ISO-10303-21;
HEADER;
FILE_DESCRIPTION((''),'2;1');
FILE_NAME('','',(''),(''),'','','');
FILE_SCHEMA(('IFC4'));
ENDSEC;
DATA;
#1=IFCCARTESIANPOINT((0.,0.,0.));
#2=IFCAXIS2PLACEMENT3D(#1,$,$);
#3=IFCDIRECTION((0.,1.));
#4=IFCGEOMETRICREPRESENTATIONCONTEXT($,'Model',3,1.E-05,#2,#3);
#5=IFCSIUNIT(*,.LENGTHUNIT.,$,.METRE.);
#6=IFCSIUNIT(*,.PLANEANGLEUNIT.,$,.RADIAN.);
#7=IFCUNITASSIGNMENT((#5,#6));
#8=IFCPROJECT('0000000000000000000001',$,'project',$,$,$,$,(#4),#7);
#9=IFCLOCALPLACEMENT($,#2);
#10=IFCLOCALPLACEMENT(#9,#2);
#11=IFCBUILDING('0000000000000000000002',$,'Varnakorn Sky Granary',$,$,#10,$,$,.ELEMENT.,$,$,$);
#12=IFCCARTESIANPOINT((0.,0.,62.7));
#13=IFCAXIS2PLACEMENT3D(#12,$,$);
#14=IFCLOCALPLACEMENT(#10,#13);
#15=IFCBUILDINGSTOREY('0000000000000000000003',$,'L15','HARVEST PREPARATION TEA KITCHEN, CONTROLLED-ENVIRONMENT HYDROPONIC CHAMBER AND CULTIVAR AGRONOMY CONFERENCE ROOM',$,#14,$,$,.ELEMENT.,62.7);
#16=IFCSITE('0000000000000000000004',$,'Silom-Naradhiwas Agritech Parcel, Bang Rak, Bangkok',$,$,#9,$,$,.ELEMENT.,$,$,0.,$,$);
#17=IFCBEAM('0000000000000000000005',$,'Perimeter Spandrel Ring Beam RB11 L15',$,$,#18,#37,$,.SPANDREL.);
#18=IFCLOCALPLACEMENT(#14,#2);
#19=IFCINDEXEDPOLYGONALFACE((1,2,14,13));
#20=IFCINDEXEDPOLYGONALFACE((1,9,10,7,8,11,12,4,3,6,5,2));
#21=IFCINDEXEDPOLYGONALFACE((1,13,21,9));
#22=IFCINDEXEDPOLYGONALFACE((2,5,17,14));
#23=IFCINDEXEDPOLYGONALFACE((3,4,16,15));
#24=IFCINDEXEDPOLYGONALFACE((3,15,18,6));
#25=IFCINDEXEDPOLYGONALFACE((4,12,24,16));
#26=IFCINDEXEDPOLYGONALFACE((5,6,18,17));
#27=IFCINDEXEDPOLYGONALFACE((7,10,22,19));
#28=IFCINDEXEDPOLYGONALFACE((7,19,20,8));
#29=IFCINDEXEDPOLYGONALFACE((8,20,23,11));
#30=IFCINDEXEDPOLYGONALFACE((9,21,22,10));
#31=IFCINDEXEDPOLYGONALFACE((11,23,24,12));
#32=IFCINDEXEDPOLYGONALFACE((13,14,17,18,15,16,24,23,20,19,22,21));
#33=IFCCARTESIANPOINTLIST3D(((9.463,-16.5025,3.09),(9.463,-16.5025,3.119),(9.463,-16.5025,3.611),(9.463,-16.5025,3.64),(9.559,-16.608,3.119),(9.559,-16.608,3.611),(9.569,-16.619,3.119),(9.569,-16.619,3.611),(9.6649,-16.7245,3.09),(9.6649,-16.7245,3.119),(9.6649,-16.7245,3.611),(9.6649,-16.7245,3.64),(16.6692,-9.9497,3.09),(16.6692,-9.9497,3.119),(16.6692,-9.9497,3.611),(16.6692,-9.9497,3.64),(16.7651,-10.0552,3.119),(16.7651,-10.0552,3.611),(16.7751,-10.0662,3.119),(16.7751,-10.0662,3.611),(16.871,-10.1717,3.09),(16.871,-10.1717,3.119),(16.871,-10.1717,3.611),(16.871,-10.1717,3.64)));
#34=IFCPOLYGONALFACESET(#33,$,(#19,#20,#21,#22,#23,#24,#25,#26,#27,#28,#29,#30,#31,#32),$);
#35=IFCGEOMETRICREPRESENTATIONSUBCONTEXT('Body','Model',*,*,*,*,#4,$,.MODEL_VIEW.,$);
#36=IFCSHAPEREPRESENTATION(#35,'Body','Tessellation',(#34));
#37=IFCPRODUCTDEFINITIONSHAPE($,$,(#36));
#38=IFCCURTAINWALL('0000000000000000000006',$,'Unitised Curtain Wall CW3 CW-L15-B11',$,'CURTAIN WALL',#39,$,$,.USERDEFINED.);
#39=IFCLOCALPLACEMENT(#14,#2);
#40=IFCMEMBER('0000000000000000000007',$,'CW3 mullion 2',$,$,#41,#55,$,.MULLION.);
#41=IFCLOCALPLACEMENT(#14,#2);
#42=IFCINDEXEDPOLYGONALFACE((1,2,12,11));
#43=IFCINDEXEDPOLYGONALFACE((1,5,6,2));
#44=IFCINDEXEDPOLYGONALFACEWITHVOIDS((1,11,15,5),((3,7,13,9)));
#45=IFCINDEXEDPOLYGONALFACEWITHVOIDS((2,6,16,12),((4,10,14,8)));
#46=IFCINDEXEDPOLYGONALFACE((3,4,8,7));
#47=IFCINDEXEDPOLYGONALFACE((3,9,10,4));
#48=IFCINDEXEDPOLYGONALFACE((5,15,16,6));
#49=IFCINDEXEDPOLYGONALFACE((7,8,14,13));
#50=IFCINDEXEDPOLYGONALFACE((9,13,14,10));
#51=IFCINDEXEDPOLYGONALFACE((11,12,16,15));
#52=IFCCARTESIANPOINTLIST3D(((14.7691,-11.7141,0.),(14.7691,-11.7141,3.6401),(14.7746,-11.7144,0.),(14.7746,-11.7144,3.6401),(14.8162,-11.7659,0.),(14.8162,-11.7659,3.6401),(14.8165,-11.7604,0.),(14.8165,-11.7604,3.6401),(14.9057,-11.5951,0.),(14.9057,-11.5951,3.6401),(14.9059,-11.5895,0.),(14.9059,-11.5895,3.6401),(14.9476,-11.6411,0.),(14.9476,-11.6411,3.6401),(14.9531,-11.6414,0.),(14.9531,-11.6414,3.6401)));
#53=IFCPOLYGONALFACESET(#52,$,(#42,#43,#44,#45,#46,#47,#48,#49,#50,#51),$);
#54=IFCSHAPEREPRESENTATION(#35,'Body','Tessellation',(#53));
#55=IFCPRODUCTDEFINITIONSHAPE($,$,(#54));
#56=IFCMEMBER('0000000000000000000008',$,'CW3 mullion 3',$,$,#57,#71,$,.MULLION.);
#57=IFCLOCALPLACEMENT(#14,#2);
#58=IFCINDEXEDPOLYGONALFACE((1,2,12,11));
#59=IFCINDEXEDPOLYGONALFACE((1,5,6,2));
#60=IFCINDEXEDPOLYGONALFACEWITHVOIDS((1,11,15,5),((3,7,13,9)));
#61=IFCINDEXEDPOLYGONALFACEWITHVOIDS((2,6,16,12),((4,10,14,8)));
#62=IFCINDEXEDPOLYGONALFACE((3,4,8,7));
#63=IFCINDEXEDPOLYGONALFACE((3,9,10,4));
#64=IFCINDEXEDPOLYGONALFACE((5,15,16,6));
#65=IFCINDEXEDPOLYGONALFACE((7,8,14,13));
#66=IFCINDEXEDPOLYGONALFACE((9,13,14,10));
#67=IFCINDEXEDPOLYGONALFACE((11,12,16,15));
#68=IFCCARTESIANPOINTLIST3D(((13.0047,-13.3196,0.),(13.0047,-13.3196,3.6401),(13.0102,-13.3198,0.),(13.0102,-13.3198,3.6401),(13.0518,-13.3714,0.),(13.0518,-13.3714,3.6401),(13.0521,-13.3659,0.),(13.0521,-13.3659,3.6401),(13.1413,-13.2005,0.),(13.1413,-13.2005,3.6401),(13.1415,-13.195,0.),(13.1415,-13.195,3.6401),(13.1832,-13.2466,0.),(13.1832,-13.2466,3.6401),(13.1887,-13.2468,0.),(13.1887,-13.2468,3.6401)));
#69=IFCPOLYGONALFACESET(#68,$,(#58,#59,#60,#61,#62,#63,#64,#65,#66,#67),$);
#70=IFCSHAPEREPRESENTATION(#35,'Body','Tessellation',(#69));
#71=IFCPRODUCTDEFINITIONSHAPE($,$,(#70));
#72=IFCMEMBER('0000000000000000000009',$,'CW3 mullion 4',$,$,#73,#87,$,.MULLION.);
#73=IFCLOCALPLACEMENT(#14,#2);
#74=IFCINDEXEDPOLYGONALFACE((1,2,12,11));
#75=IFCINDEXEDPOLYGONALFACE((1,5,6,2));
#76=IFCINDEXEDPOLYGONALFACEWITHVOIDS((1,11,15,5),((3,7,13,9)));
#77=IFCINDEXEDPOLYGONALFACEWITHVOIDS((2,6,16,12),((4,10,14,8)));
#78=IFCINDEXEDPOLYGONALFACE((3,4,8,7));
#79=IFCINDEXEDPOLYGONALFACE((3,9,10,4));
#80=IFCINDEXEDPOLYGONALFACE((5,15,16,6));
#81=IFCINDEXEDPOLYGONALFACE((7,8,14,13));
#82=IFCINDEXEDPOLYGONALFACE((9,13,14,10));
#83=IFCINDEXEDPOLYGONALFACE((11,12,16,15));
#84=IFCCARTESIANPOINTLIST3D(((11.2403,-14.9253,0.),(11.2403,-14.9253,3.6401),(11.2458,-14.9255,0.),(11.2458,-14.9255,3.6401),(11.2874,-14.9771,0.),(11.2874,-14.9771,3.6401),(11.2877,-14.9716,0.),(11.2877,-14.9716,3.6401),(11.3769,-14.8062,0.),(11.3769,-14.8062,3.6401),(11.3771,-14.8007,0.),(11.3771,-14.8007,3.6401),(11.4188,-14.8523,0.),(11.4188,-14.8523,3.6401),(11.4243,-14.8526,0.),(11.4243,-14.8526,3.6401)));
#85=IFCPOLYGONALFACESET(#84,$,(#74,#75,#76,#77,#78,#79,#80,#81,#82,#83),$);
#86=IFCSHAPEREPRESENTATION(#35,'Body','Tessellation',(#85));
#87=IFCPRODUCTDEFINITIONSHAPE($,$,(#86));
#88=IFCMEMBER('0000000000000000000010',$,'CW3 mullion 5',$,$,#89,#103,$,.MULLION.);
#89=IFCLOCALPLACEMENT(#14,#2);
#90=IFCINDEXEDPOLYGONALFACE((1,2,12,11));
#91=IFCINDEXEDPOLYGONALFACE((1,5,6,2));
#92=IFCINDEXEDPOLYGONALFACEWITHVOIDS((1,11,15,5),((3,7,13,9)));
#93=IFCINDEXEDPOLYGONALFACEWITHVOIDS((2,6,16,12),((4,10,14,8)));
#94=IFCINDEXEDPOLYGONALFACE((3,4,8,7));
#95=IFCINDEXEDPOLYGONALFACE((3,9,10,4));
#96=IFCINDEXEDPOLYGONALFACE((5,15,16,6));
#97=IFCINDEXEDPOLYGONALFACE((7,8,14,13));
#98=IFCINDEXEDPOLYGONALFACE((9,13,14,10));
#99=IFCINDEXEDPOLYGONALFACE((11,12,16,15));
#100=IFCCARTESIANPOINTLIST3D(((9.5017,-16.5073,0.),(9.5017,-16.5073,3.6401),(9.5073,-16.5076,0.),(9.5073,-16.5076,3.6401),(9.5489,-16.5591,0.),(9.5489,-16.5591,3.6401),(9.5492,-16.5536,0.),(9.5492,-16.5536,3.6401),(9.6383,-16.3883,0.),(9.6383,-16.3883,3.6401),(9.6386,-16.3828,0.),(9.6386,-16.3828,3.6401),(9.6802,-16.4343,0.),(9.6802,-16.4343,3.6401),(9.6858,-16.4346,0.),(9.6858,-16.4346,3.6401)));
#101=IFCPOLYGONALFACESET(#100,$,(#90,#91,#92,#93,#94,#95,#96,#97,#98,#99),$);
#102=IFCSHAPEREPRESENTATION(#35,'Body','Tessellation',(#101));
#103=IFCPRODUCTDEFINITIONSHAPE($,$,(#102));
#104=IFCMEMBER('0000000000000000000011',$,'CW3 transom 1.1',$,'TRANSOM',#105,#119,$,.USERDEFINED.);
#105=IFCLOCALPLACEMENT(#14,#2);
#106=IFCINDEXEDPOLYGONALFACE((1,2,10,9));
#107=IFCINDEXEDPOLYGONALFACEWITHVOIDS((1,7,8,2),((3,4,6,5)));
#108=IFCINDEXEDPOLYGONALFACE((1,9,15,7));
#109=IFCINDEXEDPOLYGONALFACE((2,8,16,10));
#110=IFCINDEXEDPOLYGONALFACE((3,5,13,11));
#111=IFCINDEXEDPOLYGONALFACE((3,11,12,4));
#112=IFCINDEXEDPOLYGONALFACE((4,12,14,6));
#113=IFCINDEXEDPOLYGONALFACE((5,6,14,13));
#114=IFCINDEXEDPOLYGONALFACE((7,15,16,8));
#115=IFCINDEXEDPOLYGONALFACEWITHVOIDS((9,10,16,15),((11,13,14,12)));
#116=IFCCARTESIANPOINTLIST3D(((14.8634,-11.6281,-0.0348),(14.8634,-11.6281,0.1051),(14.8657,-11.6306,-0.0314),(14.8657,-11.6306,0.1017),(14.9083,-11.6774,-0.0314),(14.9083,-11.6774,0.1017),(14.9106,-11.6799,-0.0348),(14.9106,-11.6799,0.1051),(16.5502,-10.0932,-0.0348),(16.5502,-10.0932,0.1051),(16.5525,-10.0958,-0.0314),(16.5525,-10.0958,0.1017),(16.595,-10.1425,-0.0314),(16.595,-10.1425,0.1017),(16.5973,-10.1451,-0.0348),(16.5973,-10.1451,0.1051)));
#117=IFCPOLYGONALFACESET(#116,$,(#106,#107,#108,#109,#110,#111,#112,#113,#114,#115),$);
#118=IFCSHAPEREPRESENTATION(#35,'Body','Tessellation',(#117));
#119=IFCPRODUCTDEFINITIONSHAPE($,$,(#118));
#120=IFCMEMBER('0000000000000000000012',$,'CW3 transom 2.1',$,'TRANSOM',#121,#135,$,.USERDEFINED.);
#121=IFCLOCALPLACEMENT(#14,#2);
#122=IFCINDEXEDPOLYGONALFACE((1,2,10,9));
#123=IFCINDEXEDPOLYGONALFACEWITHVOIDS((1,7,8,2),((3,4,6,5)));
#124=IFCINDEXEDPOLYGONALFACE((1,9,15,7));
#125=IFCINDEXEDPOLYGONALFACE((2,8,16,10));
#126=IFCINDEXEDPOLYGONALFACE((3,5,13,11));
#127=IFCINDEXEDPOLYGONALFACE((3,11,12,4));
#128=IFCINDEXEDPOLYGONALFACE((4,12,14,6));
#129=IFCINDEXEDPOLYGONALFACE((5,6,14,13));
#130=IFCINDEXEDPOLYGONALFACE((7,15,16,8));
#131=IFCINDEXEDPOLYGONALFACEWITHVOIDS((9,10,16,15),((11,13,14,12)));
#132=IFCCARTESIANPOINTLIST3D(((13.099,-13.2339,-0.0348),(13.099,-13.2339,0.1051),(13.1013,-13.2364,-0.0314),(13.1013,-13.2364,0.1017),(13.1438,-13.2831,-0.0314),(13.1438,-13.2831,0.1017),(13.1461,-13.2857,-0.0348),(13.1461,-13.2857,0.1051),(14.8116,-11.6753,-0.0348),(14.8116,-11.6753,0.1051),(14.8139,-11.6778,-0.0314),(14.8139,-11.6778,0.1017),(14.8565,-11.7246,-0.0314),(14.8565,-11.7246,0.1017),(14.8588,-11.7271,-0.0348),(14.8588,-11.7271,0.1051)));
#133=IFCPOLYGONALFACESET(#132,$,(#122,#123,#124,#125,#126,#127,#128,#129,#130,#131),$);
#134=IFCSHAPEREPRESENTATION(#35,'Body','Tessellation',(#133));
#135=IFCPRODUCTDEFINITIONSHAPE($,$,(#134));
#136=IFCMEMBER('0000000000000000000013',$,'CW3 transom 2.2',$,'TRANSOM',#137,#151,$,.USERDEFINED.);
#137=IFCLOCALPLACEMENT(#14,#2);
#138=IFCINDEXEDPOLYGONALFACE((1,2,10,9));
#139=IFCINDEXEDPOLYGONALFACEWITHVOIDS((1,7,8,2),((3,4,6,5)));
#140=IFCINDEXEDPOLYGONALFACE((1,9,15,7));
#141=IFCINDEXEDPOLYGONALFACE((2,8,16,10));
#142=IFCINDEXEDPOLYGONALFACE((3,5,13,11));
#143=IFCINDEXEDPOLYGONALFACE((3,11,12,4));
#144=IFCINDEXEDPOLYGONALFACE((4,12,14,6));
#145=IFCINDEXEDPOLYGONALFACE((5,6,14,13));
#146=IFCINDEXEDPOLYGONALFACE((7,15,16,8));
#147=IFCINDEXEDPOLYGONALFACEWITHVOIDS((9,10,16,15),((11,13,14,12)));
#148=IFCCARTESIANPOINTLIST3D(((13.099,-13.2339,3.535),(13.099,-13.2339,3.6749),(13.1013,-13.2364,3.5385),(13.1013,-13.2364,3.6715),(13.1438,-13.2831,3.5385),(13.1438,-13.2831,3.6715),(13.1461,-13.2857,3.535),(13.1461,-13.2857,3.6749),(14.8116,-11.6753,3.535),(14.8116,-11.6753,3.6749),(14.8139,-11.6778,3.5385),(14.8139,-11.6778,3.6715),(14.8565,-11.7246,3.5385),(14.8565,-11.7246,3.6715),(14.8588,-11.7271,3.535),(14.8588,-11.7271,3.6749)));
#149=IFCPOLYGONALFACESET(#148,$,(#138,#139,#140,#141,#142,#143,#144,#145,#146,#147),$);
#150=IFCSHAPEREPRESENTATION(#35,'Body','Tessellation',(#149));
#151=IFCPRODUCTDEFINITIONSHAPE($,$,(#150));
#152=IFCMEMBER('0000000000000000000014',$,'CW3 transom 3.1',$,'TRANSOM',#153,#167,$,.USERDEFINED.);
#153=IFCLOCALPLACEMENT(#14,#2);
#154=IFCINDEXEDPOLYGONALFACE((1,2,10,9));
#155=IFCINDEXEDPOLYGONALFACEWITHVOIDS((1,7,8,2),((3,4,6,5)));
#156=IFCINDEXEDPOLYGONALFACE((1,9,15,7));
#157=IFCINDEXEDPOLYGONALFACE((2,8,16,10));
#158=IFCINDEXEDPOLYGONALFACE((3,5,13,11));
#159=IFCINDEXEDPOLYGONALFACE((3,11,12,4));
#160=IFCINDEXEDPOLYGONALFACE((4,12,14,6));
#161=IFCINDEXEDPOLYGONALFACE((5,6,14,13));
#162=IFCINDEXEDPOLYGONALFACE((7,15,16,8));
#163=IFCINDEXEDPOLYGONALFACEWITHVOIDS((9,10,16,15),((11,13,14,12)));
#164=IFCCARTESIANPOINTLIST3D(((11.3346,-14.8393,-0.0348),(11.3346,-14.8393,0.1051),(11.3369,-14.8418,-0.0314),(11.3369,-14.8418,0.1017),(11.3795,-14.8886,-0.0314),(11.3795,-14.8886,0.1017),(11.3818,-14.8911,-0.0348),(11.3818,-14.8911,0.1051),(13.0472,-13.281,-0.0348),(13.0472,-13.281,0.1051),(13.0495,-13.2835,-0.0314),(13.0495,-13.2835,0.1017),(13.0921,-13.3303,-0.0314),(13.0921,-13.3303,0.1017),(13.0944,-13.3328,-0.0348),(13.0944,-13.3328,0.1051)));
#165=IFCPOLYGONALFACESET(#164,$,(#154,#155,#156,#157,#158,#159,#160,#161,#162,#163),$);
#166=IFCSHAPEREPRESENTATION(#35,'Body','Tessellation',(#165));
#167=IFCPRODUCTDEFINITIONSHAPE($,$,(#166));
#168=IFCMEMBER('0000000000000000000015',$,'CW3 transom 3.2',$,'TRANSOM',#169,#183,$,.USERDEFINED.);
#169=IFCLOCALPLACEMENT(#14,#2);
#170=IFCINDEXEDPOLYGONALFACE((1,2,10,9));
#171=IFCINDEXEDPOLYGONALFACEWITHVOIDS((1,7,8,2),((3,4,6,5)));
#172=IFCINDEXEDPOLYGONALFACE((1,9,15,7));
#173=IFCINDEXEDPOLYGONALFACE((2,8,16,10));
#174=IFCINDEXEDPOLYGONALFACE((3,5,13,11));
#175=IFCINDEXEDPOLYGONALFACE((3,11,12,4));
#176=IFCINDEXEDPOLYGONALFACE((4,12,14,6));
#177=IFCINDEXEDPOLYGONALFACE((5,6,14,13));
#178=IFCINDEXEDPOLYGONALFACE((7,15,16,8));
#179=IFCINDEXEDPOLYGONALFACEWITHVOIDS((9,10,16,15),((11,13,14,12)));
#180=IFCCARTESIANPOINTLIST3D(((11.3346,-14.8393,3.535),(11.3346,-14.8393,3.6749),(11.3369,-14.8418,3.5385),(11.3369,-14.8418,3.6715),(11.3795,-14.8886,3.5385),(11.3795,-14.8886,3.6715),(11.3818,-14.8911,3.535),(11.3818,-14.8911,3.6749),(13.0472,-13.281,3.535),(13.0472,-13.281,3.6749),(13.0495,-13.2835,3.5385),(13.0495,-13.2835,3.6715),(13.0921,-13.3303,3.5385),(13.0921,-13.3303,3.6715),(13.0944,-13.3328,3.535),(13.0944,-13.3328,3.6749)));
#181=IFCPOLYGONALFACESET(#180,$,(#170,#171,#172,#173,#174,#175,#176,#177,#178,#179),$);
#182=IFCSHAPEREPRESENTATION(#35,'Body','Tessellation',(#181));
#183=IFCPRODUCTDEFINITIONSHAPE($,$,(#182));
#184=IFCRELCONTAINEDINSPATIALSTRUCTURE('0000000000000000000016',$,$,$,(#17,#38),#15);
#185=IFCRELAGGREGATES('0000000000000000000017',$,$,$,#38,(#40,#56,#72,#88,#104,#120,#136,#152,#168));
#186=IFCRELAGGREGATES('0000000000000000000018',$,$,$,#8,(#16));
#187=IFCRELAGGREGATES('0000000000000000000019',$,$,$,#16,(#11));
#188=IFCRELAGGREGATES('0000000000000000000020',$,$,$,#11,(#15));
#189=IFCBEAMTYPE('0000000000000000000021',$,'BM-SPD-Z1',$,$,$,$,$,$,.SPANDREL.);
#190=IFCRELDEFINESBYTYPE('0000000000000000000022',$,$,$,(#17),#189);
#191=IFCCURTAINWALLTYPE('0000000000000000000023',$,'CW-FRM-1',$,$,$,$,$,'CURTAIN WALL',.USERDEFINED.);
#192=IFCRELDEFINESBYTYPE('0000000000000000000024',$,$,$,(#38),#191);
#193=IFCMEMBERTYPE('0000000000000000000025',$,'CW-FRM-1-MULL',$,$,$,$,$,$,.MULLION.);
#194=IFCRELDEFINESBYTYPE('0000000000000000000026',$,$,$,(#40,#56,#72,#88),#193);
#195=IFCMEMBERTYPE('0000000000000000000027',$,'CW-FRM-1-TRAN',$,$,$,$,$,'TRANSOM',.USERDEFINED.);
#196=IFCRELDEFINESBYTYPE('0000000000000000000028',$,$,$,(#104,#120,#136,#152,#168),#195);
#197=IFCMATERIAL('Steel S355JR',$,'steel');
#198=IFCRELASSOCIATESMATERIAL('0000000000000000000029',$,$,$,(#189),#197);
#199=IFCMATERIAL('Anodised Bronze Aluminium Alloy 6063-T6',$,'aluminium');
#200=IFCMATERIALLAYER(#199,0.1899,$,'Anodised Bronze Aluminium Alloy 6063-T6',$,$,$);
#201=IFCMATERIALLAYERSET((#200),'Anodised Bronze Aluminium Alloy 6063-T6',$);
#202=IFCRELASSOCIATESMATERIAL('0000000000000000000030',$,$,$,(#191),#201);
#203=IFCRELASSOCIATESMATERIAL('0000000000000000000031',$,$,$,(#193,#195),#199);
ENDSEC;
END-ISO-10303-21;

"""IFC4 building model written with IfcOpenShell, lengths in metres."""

from ifc_helpers import new_model, si_unit, direction, frame, origin, origin_2d, place, context, subcontext, project, spatial, hollow_rectangle, i_section, extrude, material, layer, layer_set, material_profile, profile_set, type_object, element, aggregate, save


model = new_model("IFC4")

# Units and contexts
model_context = context("Model", 3, precision=1e-05, world=origin(), true_north=direction((0.0, 1.0)))
body_context = subcontext(model_context, "Body", "Model", "MODEL_VIEW")
ifc_project = project(units=[si_unit("LENGTHUNIT", "METRE"), si_unit("PLANEANGLEUNIT", "RADIAN")], contexts=[model_context])

# Site, building, storey
site_placement = place(None, origin())
site = spatial("IfcSite", under=ifc_project, at=site_placement, Name="Silom-Naradhiwas Agritech Parcel, Bang Rak, Bangkok", CompositionType="ELEMENT", RefElevation=0.0)
building_placement = place(site_placement, origin())
building = spatial("IfcBuilding", under=site, at=building_placement, Name="Varnakorn Sky Granary", CompositionType="ELEMENT")
storey_placement = place(building_placement, frame((0.0, 0.0, 62.7)))
storey = spatial("IfcBuildingStorey", under=building, at=storey_placement, Name="L15", Description="HARVEST PREPARATION TEA KITCHEN, CONTROLLED-ENVIRONMENT HYDROPONIC CHAMBER AND CULTIVAR AGRONOMY CONFERENCE ROOM", CompositionType="ELEMENT", Elevation=62.7)

# Beam
ifc_material_1 = material(Name="Steel S355JR", Category="steel")
ifc_material_profile_1 = material_profile(ifc_material_1, i_section(OverallWidth=0.3, OverallDepth=0.55, WebThickness=0.0149, FlangeThickness=0.0291, at=origin_2d()), Name="HE 550 B")
ifc_profile_set_1 = profile_set([ifc_material_profile_1], Name="Steel S355JR")
beam_type = type_object("IfcBeamType", Name="BM-SPD-Z1", PredefinedType="SPANDREL", material=ifc_profile_set_1)
beam_placement = place(storey_placement, frame((9.564, -16.6135, 3.365), z_axis=(0.739849, 0.672773, 0.0), x_axis=(-0.672773, 0.739849, 0.0)))
element("IfcBeam", 1, at=beam_placement, inside=storey, type_object=beam_type, Name="Perimeter Spandrel Ring Beam RB11 L15", PredefinedType="SPANDREL", context=body_context, shape_type="SweptSolid", body=[
    extrude(i_section(OverallWidth=0.3, OverallDepth=0.55, WebThickness=0.0149, FlangeThickness=0.0291, at=origin_2d()), origin(), (0.0, 0.0, 1.0), 9.74),
])

# Curtain wall, members
ifc_material_2 = material(Name="Anodised Bronze Aluminium Alloy 6063-T6", Category="aluminium")
ifc_layer_1 = layer(ifc_material_2, 0.1899, Name="Anodised Bronze Aluminium Alloy 6063-T6")
ifc_layer_set_1 = layer_set([ifc_layer_1], Name="Anodised Bronze Aluminium Alloy 6063-T6")
curtain_wall_type = type_object("IfcCurtainWallType", Name="CW-FRM-1", ElementType="CURTAIN WALL", PredefinedType="USERDEFINED", material=ifc_layer_set_1)
curtain_wall_placement = place(storey_placement, origin())
curtain_wall = element("IfcCurtainWall", 2, at=curtain_wall_placement, inside=storey, type_object=curtain_wall_type, Name="Unitised Curtain Wall CW3 CW-L15-B11", ObjectType="CURTAIN WALL", PredefinedType="USERDEFINED")
ifc_material_profile_2 = material_profile(ifc_material_2, hollow_rectangle(XDim=0.0701, YDim=0.1851, WallThickness=0.0039, at=origin_2d()), Name="ALU MULL 70x185")
ifc_profile_set_2 = profile_set([ifc_material_profile_2], Name="Anodised Bronze Aluminium Alloy 6063-T6")
member_type_1 = type_object("IfcMemberType", Name="CW-FRM-1-MULL", PredefinedType="MULLION", material=ifc_profile_set_2)
member_1_placement = place(storey_placement, frame((14.8611, -11.6777, 0.0), z_axis=(0.0, 0.0, 1.0), x_axis=(0.673051, -0.739596, 0.0)))
member_1 = element("IfcMember", 3, at=member_1_placement, type_object=member_type_1, Name="CW3 mullion 2", PredefinedType="MULLION", context=body_context, shape_type="SweptSolid", body=[
    extrude(hollow_rectangle(XDim=0.0701, YDim=0.1851, WallThickness=0.0039, at=origin_2d()), origin(), (0.0, 0.0, 1.0), 3.6401),
])
member_2_placement = place(storey_placement, frame((13.0967, -13.2832, 0.0), z_axis=(0.0, 0.0, 1.0), x_axis=(0.673051, -0.739596, 0.0)))
member_2 = element("IfcMember", 4, at=member_2_placement, type_object=member_type_1, Name="CW3 mullion 3", PredefinedType="MULLION", context=body_context, shape_type="SweptSolid", body=[
    extrude(hollow_rectangle(XDim=0.0701, YDim=0.1851, WallThickness=0.0039, at=origin_2d()), origin(), (0.0, 0.0, 1.0), 3.6401),
])
member_3_placement = place(storey_placement, frame((11.3323, -14.8889, 0.0), z_axis=(0.0, 0.0, 1.0), x_axis=(0.673051, -0.739596, 0.0)))
member_3 = element("IfcMember", 5, at=member_3_placement, type_object=member_type_1, Name="CW3 mullion 4", PredefinedType="MULLION", context=body_context, shape_type="SweptSolid", body=[
    extrude(hollow_rectangle(XDim=0.0701, YDim=0.1851, WallThickness=0.0039, at=origin_2d()), origin(), (0.0, 0.0, 1.0), 3.6401),
])
member_4_placement = place(storey_placement, frame((9.5938, -16.4709, 0.0), z_axis=(0.0, 0.0, 1.0), x_axis=(0.673051, -0.739596, 0.0)))
member_4 = element("IfcMember", 6, at=member_4_placement, type_object=member_type_1, Name="CW3 mullion 5", PredefinedType="MULLION", context=body_context, shape_type="SweptSolid", body=[
    extrude(hollow_rectangle(XDim=0.0701, YDim=0.1851, WallThickness=0.0039, at=origin_2d()), origin(), (0.0, 0.0, 1.0), 3.6401),
])
ifc_material_profile_3 = material_profile(ifc_material_2, hollow_rectangle(XDim=0.0701, YDim=0.1399, WallThickness=0.0034, at=origin_2d()), Name="ALU TRAN 70x140")
ifc_profile_set_3 = profile_set([ifc_material_profile_3], Name="Anodised Bronze Aluminium Alloy 6063-T6")
member_type_2 = type_object("IfcMemberType", Name="CW-FRM-1-TRAN", ElementType="TRANSOM", PredefinedType="USERDEFINED", material=ifc_profile_set_3)
member_5_placement = place(storey_placement, frame((16.5737, -10.1191, 0.0352), z_axis=(-0.739615, -0.67303, 0.0), x_axis=(0.67303, -0.739615, 0.0)))
member_5 = element("IfcMember", 7, at=member_5_placement, type_object=member_type_2, Name="CW3 transom 1.1", ObjectType="TRANSOM", PredefinedType="USERDEFINED", context=body_context, shape_type="SweptSolid", body=[
    extrude(hollow_rectangle(XDim=0.0701, YDim=0.1399, WallThickness=0.0034, at=origin_2d()), origin(), (0.0, 0.0, 1.0), 2.2805),
])
member_6_placement = place(storey_placement, frame((14.8352, -11.7012, 0.0352), z_axis=(-0.739587, -0.673061, 0.0), x_axis=(0.673061, -0.739587, 0.0)))
member_6 = element("IfcMember", 8, at=member_6_placement, type_object=member_type_2, Name="CW3 transom 2.1", ObjectType="TRANSOM", PredefinedType="USERDEFINED", context=body_context, shape_type="SweptSolid", body=[
    extrude(hollow_rectangle(XDim=0.0701, YDim=0.1399, WallThickness=0.0034, at=origin_2d()), origin(), (0.0, 0.0, 1.0), 2.3157),
])
member_7_placement = place(storey_placement, frame((14.8352, -11.7012, 3.605), z_axis=(-0.739587, -0.673061, 0.0), x_axis=(0.673061, -0.739587, 0.0)))
member_7 = element("IfcMember", 9, at=member_7_placement, type_object=member_type_2, Name="CW3 transom 2.2", ObjectType="TRANSOM", PredefinedType="USERDEFINED", context=body_context, shape_type="SweptSolid", body=[
    extrude(hollow_rectangle(XDim=0.0701, YDim=0.1399, WallThickness=0.0034, at=origin_2d()), origin(), (0.0, 0.0, 1.0), 2.3157),
])
member_8_placement = place(storey_placement, frame((13.0708, -13.3069, 0.0352), z_axis=(-0.739639, -0.673003, 0.0), x_axis=(0.673003, -0.739639, 0.0)))
member_8 = element("IfcMember", 10, at=member_8_placement, type_object=member_type_2, Name="CW3 transom 3.1", ObjectType="TRANSOM", PredefinedType="USERDEFINED", context=body_context, shape_type="SweptSolid", body=[
    extrude(hollow_rectangle(XDim=0.0701, YDim=0.1399, WallThickness=0.0034, at=origin_2d()), origin(), (0.0, 0.0, 1.0), 2.3154),
])
member_9_placement = place(storey_placement, frame((13.0708, -13.3069, 3.605), z_axis=(-0.739639, -0.673003, 0.0), x_axis=(0.673003, -0.739639, 0.0)))
member_9 = element("IfcMember", 11, at=member_9_placement, type_object=member_type_2, Name="CW3 transom 3.2", ObjectType="TRANSOM", PredefinedType="USERDEFINED", context=body_context, shape_type="SweptSolid", body=[
    extrude(hollow_rectangle(XDim=0.0701, YDim=0.1399, WallThickness=0.0034, at=origin_2d()), origin(), (0.0, 0.0, 1.0), 2.3154),
])

aggregate(curtain_wall, [member_1, member_2, member_3, member_4, member_5, member_6, member_7, member_8, member_9])

save(model, "model.ifc")
